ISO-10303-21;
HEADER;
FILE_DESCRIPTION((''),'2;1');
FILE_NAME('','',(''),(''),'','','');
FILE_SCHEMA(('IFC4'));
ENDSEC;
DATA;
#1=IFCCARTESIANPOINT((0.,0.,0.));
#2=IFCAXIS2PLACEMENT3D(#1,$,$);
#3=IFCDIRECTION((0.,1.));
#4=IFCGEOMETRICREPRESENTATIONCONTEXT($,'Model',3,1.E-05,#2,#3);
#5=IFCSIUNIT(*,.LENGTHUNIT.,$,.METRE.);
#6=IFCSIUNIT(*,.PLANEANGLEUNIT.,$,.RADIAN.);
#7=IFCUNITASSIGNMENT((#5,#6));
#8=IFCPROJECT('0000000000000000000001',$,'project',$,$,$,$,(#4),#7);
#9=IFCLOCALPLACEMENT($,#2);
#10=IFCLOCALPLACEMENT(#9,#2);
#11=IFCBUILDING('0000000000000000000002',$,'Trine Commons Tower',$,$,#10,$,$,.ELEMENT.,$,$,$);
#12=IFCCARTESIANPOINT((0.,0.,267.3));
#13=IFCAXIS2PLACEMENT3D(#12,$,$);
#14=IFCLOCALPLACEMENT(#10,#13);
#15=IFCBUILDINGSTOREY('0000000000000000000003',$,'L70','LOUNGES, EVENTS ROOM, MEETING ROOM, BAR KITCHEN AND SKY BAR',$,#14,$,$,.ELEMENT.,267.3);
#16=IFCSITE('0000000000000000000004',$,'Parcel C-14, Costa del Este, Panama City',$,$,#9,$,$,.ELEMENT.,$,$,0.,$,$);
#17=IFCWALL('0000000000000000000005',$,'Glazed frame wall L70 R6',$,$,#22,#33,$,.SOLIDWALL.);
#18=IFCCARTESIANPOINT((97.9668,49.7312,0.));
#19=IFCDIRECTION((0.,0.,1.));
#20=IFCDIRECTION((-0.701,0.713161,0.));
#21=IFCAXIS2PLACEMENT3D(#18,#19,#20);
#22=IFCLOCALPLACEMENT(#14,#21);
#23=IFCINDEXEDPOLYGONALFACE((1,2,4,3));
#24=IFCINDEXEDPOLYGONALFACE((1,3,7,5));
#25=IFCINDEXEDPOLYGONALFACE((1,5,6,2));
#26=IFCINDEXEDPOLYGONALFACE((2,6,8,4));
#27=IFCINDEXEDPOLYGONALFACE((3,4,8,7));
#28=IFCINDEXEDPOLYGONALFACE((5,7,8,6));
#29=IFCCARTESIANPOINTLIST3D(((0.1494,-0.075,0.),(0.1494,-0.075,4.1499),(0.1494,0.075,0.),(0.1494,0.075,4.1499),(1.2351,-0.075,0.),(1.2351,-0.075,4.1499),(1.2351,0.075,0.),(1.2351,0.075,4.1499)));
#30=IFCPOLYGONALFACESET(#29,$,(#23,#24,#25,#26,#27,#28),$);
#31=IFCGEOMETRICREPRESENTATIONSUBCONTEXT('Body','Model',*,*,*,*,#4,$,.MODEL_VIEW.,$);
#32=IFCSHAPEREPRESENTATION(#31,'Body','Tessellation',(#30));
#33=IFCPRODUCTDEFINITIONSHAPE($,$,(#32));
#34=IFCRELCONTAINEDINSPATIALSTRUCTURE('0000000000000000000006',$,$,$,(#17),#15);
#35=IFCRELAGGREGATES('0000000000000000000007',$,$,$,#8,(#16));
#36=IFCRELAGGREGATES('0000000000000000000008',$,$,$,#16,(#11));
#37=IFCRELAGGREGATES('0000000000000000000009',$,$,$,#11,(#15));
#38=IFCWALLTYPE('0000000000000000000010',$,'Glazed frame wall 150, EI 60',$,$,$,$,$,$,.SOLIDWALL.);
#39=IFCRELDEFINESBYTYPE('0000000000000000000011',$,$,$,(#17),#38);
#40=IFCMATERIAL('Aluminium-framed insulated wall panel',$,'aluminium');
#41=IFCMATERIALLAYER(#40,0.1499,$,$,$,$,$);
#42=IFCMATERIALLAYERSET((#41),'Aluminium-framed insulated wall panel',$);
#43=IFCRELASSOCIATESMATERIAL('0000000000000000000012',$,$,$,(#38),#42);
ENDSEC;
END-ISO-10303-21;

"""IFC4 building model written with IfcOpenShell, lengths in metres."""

from ifc_helpers import new_model, si_unit, direction, frame, origin, place, context, subcontext, project, spatial, polyline, outline, extrude, material, layer, layer_set, type_object, element, save


model = new_model("IFC4")

# Units and contexts
model_context = context("Model", 3, precision=1e-05, world=origin(), true_north=direction((0.0, 1.0)))
body_context = subcontext(model_context, "Body", "Model", "MODEL_VIEW")
ifc_project = project(units=[si_unit("LENGTHUNIT", "METRE"), si_unit("PLANEANGLEUNIT", "RADIAN")], contexts=[model_context])

# Site, building, storey
site_placement = place(None, origin())
site = spatial("IfcSite", under=ifc_project, at=site_placement, Name="Parcel C-14, Costa del Este, Panama City", CompositionType="ELEMENT", RefElevation=0.0)
building_placement = place(site_placement, origin())
building = spatial("IfcBuilding", under=site, at=building_placement, Name="Trine Commons Tower", CompositionType="ELEMENT")
storey_placement = place(building_placement, frame((0.0, 0.0, 267.3)))
storey = spatial("IfcBuildingStorey", under=building, at=storey_placement, Name="L70", Description="LOUNGES, EVENTS ROOM, MEETING ROOM, BAR KITCHEN AND SKY BAR", CompositionType="ELEMENT", Elevation=267.3)

# Wall
ifc_material_1 = material(Name="Aluminium-framed insulated wall panel", Category="aluminium")
ifc_layer_1 = layer(ifc_material_1, 0.1499)
ifc_layer_set_1 = layer_set([ifc_layer_1], Name="Aluminium-framed insulated wall panel")
wall_type = type_object("IfcWallType", Name="Glazed frame wall 150, EI 60", PredefinedType="SOLIDWALL", material=ifc_layer_set_1)
wall_placement = place(storey_placement, frame((97.9668, 49.7312, 0.0), z_axis=(0.0, 0.0, 1.0), x_axis=(-0.701, 0.713161, 0.0)))
element("IfcWall", 1, at=wall_placement, inside=storey, type_object=wall_type, Name="Glazed frame wall L70 R6", PredefinedType="SOLIDWALL", context=body_context, shape_type="SweptSolid", body=[
    extrude(outline(polyline([(0.1494, 0.075), (0.1494, -0.075), (1.2351, -0.075), (1.2351, 0.075), (0.1494, 0.075)])), origin(), (0.0, 0.0, 1.0), 4.1499),
])

save(model, "model.ifc")
